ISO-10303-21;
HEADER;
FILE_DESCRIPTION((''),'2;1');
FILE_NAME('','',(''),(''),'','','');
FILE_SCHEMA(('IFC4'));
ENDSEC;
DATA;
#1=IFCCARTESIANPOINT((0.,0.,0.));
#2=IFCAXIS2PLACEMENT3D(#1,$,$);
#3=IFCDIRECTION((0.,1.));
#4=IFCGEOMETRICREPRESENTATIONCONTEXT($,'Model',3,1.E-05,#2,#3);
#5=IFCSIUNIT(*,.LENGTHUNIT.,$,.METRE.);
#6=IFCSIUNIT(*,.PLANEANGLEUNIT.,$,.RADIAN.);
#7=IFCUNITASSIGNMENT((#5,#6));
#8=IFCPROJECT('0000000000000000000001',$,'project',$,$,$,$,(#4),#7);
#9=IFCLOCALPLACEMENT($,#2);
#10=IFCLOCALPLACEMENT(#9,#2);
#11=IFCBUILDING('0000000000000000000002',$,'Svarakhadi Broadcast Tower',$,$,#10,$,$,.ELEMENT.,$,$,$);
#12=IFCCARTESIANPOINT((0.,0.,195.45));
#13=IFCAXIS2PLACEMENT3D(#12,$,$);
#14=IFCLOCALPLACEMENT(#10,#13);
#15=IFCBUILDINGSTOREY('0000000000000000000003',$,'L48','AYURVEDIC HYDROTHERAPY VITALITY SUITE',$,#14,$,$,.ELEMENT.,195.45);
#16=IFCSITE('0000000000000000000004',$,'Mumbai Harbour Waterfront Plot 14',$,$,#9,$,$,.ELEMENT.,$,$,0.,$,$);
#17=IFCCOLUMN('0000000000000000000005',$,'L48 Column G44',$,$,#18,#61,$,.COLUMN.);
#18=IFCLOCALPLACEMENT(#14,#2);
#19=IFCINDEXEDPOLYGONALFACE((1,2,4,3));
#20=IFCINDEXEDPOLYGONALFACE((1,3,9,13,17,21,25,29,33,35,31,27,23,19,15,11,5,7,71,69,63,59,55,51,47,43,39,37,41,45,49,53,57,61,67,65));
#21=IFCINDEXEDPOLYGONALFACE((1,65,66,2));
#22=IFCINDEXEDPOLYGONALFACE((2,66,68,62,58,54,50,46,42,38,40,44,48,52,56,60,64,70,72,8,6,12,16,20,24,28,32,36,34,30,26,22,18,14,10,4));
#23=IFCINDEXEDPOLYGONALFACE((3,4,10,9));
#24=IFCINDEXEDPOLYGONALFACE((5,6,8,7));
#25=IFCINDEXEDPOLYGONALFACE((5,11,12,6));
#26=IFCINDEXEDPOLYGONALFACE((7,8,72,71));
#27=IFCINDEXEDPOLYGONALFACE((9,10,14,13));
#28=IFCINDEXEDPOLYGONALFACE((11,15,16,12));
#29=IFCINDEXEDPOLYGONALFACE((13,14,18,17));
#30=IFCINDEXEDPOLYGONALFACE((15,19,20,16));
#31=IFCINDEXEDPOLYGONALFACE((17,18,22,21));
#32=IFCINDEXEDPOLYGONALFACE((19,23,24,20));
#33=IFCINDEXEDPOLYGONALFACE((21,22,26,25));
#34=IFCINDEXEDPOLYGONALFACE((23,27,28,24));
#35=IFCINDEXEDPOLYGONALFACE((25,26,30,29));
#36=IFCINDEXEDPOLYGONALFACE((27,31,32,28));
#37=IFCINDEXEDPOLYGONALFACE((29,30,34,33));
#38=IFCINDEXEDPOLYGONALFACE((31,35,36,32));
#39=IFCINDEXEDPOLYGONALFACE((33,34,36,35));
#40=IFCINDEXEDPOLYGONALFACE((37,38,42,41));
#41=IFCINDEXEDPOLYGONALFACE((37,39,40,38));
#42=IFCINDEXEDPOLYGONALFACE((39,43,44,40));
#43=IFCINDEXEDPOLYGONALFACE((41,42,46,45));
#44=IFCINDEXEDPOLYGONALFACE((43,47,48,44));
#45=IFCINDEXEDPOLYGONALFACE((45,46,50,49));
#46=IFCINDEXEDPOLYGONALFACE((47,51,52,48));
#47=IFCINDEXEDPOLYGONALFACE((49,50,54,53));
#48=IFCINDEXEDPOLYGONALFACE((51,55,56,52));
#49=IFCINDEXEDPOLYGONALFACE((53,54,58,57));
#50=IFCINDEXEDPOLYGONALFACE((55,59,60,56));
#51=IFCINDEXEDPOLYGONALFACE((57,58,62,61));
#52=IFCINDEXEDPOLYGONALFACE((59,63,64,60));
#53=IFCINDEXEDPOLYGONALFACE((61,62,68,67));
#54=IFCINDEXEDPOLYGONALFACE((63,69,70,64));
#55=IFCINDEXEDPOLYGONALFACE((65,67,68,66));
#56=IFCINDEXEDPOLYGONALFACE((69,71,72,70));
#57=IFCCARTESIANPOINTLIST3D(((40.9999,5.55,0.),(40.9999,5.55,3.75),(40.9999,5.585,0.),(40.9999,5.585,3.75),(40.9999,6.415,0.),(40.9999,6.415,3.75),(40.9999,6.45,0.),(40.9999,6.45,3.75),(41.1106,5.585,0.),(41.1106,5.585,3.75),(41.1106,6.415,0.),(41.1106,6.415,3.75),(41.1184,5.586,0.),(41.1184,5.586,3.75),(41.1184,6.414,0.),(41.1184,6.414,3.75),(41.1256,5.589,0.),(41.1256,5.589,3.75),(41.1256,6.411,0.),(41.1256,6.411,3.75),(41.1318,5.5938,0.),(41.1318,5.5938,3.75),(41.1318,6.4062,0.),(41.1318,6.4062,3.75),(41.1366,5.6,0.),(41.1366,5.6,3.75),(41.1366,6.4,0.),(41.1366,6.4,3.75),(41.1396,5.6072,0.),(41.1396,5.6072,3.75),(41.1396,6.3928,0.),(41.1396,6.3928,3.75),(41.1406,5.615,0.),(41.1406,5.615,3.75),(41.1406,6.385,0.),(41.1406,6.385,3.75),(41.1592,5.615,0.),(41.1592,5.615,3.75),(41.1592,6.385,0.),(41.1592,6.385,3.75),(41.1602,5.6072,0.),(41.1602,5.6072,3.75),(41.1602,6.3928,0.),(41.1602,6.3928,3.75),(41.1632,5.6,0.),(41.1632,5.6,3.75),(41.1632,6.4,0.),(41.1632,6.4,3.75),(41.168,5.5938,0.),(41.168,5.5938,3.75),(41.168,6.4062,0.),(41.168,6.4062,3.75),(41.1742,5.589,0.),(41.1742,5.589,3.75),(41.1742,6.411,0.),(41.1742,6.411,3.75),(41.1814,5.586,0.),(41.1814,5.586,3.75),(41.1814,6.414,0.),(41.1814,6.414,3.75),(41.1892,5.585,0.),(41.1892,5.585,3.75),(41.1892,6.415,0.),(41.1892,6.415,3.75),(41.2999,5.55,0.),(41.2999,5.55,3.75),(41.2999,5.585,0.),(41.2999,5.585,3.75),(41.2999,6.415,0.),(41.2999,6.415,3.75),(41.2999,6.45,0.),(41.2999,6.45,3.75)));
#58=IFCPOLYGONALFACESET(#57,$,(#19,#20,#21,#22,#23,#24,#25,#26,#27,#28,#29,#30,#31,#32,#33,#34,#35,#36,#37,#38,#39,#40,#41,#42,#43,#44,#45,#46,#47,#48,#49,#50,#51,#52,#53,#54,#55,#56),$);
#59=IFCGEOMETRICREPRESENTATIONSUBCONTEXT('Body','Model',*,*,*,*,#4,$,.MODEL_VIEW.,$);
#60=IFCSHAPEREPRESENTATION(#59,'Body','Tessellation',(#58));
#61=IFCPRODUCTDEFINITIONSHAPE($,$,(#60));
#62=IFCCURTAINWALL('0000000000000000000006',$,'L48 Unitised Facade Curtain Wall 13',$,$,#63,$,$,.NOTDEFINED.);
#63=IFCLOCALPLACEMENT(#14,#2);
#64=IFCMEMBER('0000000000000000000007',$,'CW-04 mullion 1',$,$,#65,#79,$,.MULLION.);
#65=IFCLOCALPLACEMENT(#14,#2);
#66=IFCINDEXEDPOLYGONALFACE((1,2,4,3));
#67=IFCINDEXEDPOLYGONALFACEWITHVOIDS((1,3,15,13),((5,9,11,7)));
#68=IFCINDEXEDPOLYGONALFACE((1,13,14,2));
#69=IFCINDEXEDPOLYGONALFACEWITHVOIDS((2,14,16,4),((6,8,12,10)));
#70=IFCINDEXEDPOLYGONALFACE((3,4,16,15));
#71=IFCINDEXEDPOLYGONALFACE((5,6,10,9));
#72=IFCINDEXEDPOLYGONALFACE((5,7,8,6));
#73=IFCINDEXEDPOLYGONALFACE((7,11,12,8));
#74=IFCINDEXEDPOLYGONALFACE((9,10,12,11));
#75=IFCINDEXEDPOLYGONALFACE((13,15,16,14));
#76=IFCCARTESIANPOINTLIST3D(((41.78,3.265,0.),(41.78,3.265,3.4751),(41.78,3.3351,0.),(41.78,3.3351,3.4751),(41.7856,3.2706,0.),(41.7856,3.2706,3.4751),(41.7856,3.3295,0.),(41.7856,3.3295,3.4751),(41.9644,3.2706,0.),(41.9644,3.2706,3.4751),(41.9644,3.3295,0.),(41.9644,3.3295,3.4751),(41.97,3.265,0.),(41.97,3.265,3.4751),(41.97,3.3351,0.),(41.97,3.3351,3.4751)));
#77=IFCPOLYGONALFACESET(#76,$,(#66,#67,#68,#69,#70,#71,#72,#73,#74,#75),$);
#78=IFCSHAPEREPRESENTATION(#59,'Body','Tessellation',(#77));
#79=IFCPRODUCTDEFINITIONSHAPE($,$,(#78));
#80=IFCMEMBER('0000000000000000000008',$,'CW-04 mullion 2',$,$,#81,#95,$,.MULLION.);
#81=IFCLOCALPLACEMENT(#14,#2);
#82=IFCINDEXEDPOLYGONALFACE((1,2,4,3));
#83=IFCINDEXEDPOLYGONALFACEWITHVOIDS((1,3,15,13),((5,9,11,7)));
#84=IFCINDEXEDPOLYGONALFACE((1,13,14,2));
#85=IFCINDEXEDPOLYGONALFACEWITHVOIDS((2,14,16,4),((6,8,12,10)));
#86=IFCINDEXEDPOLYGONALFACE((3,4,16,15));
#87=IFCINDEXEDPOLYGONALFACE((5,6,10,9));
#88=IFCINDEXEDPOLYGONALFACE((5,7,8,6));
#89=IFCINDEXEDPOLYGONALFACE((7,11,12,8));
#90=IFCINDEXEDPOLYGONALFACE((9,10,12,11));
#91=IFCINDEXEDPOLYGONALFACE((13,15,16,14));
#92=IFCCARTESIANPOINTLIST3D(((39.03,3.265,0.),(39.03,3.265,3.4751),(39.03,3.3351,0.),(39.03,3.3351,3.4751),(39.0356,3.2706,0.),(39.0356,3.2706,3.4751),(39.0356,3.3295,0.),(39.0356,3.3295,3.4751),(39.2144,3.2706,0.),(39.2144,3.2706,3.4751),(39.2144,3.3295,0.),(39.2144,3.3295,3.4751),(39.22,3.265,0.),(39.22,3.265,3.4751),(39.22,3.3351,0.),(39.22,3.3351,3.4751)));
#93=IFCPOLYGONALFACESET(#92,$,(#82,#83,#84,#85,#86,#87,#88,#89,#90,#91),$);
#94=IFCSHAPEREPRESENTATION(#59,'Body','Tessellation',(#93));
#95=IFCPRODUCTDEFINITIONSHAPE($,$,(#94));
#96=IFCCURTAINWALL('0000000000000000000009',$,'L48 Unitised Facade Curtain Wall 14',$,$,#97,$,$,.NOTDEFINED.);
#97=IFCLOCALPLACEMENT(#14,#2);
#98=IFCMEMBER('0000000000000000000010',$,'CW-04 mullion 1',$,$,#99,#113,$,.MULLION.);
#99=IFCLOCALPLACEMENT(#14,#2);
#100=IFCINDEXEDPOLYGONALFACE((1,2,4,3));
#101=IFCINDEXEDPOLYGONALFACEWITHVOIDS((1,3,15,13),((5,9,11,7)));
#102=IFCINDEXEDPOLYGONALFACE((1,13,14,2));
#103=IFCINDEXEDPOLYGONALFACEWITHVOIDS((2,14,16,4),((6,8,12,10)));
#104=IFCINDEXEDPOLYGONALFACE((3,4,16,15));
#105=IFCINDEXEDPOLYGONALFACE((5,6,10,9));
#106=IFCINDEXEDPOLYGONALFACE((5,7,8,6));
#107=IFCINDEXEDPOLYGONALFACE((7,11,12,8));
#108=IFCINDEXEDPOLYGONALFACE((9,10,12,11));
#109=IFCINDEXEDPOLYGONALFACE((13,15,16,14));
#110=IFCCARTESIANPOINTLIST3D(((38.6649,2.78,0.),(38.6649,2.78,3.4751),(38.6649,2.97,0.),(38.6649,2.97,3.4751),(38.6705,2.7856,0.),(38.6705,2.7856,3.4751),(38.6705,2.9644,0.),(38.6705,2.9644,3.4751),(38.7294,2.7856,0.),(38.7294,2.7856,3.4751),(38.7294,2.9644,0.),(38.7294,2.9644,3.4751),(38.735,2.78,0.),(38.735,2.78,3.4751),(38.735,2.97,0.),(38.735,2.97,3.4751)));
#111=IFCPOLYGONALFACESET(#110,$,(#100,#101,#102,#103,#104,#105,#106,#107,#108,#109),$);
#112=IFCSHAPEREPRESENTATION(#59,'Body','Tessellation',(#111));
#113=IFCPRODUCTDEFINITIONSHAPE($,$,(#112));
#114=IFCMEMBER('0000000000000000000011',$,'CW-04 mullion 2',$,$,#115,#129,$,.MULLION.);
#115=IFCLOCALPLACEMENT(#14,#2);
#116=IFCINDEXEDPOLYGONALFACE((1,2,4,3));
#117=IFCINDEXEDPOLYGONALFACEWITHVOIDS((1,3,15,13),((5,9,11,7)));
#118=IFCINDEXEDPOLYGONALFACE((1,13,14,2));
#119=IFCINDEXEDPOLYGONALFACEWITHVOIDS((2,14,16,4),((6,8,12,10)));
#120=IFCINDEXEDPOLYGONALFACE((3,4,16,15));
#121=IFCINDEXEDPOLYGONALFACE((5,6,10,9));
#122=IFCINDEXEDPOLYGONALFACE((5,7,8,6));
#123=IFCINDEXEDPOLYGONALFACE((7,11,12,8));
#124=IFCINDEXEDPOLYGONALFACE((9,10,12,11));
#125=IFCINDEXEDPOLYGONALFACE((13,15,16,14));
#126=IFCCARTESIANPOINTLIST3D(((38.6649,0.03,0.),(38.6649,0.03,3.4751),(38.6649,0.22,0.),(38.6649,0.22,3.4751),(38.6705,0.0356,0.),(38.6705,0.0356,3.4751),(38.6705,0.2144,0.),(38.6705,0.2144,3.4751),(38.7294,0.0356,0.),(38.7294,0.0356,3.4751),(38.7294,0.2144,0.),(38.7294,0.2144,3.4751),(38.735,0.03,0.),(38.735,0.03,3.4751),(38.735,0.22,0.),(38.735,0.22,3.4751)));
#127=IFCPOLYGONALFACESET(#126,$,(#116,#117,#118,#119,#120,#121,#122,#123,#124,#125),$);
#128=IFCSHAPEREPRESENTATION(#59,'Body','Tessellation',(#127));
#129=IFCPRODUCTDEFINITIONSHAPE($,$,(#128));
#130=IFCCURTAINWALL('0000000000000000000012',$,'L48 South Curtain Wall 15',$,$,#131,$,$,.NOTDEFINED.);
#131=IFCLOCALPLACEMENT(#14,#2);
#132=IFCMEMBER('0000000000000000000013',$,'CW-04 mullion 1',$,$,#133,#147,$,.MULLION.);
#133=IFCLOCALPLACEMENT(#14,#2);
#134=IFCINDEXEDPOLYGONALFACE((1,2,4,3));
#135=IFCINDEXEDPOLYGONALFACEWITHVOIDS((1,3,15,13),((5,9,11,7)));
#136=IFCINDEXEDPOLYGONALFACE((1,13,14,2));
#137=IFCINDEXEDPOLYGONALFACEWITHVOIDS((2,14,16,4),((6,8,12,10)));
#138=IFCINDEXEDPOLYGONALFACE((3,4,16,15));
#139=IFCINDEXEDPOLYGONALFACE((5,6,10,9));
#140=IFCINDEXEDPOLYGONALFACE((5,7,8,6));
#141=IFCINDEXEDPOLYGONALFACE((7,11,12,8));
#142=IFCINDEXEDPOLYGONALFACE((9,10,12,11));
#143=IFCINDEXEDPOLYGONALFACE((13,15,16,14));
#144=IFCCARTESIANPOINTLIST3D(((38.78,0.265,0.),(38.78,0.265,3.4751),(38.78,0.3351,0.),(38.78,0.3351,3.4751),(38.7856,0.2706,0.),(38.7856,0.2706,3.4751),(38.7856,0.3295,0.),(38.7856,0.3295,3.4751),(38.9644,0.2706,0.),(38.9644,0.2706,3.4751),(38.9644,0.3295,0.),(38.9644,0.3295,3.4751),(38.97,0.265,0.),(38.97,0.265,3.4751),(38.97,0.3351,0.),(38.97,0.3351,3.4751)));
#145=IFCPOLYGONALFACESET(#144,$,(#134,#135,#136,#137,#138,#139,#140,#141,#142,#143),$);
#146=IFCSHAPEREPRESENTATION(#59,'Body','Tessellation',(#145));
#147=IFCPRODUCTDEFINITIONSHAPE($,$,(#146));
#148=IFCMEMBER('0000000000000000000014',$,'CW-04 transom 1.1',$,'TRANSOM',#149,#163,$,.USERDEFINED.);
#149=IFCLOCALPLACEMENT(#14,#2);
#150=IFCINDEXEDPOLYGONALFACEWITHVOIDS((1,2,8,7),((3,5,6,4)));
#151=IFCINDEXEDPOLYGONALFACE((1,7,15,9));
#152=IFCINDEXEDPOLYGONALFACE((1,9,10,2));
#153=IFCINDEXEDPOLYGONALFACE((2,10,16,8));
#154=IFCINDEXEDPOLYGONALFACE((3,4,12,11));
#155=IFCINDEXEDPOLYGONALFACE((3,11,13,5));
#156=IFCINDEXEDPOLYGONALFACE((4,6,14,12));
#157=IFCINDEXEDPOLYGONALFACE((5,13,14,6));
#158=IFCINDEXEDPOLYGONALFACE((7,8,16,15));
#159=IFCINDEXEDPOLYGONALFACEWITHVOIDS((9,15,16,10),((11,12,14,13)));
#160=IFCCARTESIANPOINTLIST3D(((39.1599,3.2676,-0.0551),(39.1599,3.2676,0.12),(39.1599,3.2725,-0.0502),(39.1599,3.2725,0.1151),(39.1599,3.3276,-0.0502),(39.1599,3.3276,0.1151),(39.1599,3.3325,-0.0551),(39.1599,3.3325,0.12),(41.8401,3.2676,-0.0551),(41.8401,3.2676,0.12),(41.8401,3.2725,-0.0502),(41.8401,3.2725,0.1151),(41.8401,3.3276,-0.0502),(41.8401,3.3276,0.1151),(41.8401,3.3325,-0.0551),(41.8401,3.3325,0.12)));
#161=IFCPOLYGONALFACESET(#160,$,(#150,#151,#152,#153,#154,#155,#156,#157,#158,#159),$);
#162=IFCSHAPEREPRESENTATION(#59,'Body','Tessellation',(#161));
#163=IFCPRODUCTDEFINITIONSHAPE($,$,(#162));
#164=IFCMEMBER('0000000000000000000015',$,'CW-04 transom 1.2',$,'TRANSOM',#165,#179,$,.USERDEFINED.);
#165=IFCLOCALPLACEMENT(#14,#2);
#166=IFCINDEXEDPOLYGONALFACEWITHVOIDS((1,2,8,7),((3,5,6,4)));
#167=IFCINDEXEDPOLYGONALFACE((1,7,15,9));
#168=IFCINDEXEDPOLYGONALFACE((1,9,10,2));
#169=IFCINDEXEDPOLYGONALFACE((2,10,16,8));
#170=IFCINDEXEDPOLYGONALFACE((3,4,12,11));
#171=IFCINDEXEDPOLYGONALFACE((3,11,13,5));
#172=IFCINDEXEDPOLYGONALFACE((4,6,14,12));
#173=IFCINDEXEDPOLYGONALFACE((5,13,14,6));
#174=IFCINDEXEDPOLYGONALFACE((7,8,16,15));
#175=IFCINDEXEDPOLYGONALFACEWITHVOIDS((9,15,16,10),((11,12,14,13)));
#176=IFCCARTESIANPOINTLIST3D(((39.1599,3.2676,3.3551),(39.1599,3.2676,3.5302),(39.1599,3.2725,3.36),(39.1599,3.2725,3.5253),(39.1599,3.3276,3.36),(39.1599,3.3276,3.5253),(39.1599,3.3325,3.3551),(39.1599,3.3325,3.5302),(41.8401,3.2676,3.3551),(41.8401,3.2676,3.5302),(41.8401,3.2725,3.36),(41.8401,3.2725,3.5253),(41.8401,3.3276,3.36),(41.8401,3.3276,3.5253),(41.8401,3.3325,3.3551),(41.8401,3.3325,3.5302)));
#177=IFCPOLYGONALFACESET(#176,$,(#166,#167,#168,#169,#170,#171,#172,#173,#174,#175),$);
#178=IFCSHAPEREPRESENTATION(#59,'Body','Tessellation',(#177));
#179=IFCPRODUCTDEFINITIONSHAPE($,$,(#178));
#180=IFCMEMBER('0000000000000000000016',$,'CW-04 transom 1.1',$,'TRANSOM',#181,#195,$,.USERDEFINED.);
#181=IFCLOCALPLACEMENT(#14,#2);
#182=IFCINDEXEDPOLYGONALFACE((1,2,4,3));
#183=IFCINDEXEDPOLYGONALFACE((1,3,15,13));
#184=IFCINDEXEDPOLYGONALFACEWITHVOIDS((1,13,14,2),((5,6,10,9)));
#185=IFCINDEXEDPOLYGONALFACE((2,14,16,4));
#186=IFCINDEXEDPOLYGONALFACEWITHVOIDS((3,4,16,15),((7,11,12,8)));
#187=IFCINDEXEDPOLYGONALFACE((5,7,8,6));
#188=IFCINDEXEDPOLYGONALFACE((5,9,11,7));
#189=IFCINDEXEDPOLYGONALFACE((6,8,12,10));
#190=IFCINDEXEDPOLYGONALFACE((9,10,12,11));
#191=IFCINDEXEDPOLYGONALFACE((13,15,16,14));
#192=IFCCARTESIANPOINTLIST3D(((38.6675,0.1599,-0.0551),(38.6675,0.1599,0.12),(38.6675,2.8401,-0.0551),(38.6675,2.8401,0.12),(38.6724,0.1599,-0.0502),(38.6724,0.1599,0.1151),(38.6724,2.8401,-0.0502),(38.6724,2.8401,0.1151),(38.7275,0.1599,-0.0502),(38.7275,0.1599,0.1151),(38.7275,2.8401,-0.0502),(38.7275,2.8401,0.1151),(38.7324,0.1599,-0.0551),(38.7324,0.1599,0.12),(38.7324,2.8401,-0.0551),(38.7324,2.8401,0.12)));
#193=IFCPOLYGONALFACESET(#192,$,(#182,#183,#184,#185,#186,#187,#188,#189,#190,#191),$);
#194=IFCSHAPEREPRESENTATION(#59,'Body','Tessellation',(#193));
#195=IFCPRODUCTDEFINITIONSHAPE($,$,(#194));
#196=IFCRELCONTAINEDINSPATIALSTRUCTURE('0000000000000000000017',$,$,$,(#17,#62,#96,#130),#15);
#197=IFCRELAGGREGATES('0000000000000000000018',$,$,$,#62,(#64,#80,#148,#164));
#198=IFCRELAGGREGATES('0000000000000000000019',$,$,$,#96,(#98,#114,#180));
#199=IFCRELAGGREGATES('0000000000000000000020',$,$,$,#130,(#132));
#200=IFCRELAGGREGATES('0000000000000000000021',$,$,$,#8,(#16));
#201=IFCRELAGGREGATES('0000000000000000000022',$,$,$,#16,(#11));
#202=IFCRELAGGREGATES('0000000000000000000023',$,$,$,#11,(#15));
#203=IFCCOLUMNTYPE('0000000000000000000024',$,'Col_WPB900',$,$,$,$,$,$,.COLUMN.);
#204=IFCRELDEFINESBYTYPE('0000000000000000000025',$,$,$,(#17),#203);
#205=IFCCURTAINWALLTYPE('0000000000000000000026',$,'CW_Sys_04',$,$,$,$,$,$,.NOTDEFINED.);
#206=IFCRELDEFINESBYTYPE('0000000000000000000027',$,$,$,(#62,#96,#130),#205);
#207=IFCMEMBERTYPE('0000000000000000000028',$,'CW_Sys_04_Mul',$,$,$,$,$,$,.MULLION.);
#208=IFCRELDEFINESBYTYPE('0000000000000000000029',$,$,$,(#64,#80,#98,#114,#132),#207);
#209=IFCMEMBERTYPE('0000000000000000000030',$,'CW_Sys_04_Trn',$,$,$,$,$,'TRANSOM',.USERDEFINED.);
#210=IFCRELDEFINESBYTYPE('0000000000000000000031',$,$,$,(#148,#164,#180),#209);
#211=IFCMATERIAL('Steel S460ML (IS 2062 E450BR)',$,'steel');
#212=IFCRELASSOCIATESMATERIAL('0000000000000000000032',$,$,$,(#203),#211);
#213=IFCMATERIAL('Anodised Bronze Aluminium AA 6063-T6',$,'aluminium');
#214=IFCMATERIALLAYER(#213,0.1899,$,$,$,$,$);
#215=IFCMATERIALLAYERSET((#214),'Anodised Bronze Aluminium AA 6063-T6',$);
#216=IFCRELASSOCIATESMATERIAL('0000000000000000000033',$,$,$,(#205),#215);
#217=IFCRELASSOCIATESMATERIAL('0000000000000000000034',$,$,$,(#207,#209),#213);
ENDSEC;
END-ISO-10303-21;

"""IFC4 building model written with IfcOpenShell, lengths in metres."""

from ifc_helpers import new_model, si_unit, direction, frame, origin, origin_2d, place, context, subcontext, project, spatial, hollow_rectangle, i_section, extrude, material, layer, layer_set, material_profile, profile_set, type_object, element, aggregate, save


model = new_model("IFC4")

# Units and contexts
model_context = context("Model", 3, precision=1e-05, world=origin(), true_north=direction((0.0, 1.0)))
body_context = subcontext(model_context, "Body", "Model", "MODEL_VIEW")
ifc_project = project(units=[si_unit("LENGTHUNIT", "METRE"), si_unit("PLANEANGLEUNIT", "RADIAN")], contexts=[model_context])

# Site, building, storey
site_placement = place(None, origin())
site = spatial("IfcSite", under=ifc_project, at=site_placement, Name="Mumbai Harbour Waterfront Plot 14", CompositionType="ELEMENT", RefElevation=0.0)
building_placement = place(site_placement, origin())
building = spatial("IfcBuilding", under=site, at=building_placement, Name="Svarakhadi Broadcast Tower", CompositionType="ELEMENT")
storey_placement = place(building_placement, frame((0.0, 0.0, 195.45)))
storey = spatial("IfcBuildingStorey", under=building, at=storey_placement, Name="L48", Description="AYURVEDIC HYDROTHERAPY VITALITY SUITE", CompositionType="ELEMENT", Elevation=195.45)

# Column
ifc_material_1 = material(Name="Steel S460ML (IS 2062 E450BR)", Category="steel")
ifc_material_profile_1 = material_profile(ifc_material_1, i_section(OverallWidth=0.3, OverallDepth=0.8999, WebThickness=0.0186, FlangeThickness=0.0349, FilletRadius=0.03, at=origin_2d()), Name="WPB 900x300x291")
ifc_profile_set_1 = profile_set([ifc_material_profile_1], Name="Steel S460ML (IS 2062 E450BR)")
column_type = type_object("IfcColumnType", Name="Col_WPB900", PredefinedType="COLUMN", material=ifc_profile_set_1)
column_placement = place(storey_placement, frame((41.1499, 6.0, 0.0), z_axis=(0.0, 0.0, 1.0), x_axis=(1.0, 0.0, 0.0)))
element("IfcColumn", 1, at=column_placement, inside=storey, type_object=column_type, Name="L48 Column G44", PredefinedType="COLUMN", context=body_context, shape_type="SweptSolid", body=[
    extrude(i_section(OverallWidth=0.3, OverallDepth=0.8999, WebThickness=0.0186, FlangeThickness=0.0349, FilletRadius=0.03, at=origin_2d()), origin(), (0.0, 0.0, 1.0), 3.75),
])

# Curtain walls, members
ifc_material_2 = material(Name="Anodised Bronze Aluminium AA 6063-T6", Category="aluminium")
ifc_layer_1 = layer(ifc_material_2, 0.1899)
ifc_layer_set_1 = layer_set([ifc_layer_1], Name="Anodised Bronze Aluminium AA 6063-T6")
curtain_wall_type = type_object("IfcCurtainWallType", Name="CW_Sys_04", PredefinedType="NOTDEFINED", material=ifc_layer_set_1)
curtain_wall_1_placement = place(storey_placement, origin())
curtain_wall_1 = element("IfcCurtainWall", 2, at=curtain_wall_1_placement, inside=storey, type_object=curtain_wall_type, Name="L48 Unitised Facade Curtain Wall 13", PredefinedType="NOTDEFINED")
ifc_material_profile_2 = material_profile(ifc_material_2, hollow_rectangle(XDim=0.0701, YDim=0.1899, WallThickness=0.0056, at=origin_2d()), Name="ALU MULLION 190x70x6")
ifc_profile_set_2 = profile_set([ifc_material_profile_2], Name="Anodised Bronze Aluminium AA 6063-T6")
member_type_1 = type_object("IfcMemberType", Name="CW_Sys_04_Mul", PredefinedType="MULLION", material=ifc_profile_set_2)
member_1_placement = place(storey_placement, frame((41.875, 3.3, 0.0), z_axis=(0.0, 0.0, 1.0), x_axis=(0.0, -1.0, 0.0)))
member_1 = element("IfcMember", 3, at=member_1_placement, type_object=member_type_1, Name="CW-04 mullion 1", PredefinedType="MULLION", context=body_context, shape_type="SweptSolid", body=[
    extrude(hollow_rectangle(XDim=0.0701, YDim=0.1899, WallThickness=0.0056, at=origin_2d()), origin(), (0.0, 0.0, 1.0), 3.4751),
])
member_2_placement = place(storey_placement, frame((39.125, 3.3, 0.0), z_axis=(0.0, 0.0, 1.0), x_axis=(0.0, -1.0, 0.0)))
member_2 = element("IfcMember", 4, at=member_2_placement, type_object=member_type_1, Name="CW-04 mullion 2", PredefinedType="MULLION", context=body_context, shape_type="SweptSolid", body=[
    extrude(hollow_rectangle(XDim=0.0701, YDim=0.1899, WallThickness=0.0056, at=origin_2d()), origin(), (0.0, 0.0, 1.0), 3.4751),
])
curtain_wall_2_placement = place(storey_placement, origin())
curtain_wall_2 = element("IfcCurtainWall", 5, at=curtain_wall_2_placement, inside=storey, type_object=curtain_wall_type, Name="L48 Unitised Facade Curtain Wall 14", PredefinedType="NOTDEFINED")
member_3_placement = place(storey_placement, frame((38.7, 2.875, 0.0), z_axis=(0.0, 0.0, 1.0), x_axis=(1.0, 0.0, 0.0)))
member_3 = element("IfcMember", 6, at=member_3_placement, type_object=member_type_1, Name="CW-04 mullion 1", PredefinedType="MULLION", context=body_context, shape_type="SweptSolid", body=[
    extrude(hollow_rectangle(XDim=0.0701, YDim=0.1899, WallThickness=0.0056, at=origin_2d()), origin(), (0.0, 0.0, 1.0), 3.4751),
])
member_4_placement = place(storey_placement, frame((38.7, 0.125, 0.0), z_axis=(0.0, 0.0, 1.0), x_axis=(1.0, 0.0, 0.0)))
member_4 = element("IfcMember", 7, at=member_4_placement, type_object=member_type_1, Name="CW-04 mullion 2", PredefinedType="MULLION", context=body_context, shape_type="SweptSolid", body=[
    extrude(hollow_rectangle(XDim=0.0701, YDim=0.1899, WallThickness=0.0056, at=origin_2d()), origin(), (0.0, 0.0, 1.0), 3.4751),
])

# Curtain wall, member
curtain_wall_3_placement = place(storey_placement, origin())
curtain_wall_3 = element("IfcCurtainWall", 8, at=curtain_wall_3_placement, inside=storey, type_object=curtain_wall_type, Name="L48 South Curtain Wall 15", PredefinedType="NOTDEFINED")
member_5_placement = place(storey_placement, frame((38.875, 0.3, 0.0), z_axis=(0.0, 0.0, 1.0), x_axis=(0.0, -1.0, 0.0)))
member_5 = element("IfcMember", 9, at=member_5_placement, type_object=member_type_1, Name="CW-04 mullion 1", PredefinedType="MULLION", context=body_context, shape_type="SweptSolid", body=[
    extrude(hollow_rectangle(XDim=0.0701, YDim=0.1899, WallThickness=0.0056, at=origin_2d()), origin(), (0.0, 0.0, 1.0), 3.4751),
])

# Members
ifc_material_profile_3 = material_profile(ifc_material_2, hollow_rectangle(XDim=0.0649, YDim=0.175, WallThickness=0.0049, at=origin_2d()), Name="ALU TRANSOM 175x65x5")
ifc_profile_set_3 = profile_set([ifc_material_profile_3], Name="Anodised Bronze Aluminium AA 6063-T6")
member_type_2 = type_object("IfcMemberType", Name="CW_Sys_04_Trn", ElementType="TRANSOM", PredefinedType="USERDEFINED", material=ifc_profile_set_3)
member_6_placement = place(storey_placement, frame((41.8401, 3.3, 0.0325), z_axis=(-1.0, 0.0, 0.0), x_axis=(0.0, -1.0, 0.0)))
member_6 = element("IfcMember", 10, at=member_6_placement, type_object=member_type_2, Name="CW-04 transom 1.1", ObjectType="TRANSOM", PredefinedType="USERDEFINED", context=body_context, shape_type="SweptSolid", body=[
    extrude(hollow_rectangle(XDim=0.0649, YDim=0.175, WallThickness=0.0049, at=origin_2d()), origin(), (0.0, 0.0, 1.0), 2.6802),
])
member_7_placement = place(storey_placement, frame((41.8401, 3.3, 3.4426), z_axis=(-1.0, 0.0, 0.0), x_axis=(0.0, -1.0, 0.0)))
member_7 = element("IfcMember", 11, at=member_7_placement, type_object=member_type_2, Name="CW-04 transom 1.2", ObjectType="TRANSOM", PredefinedType="USERDEFINED", context=body_context, shape_type="SweptSolid", body=[
    extrude(hollow_rectangle(XDim=0.0649, YDim=0.175, WallThickness=0.0049, at=origin_2d()), origin(), (0.0, 0.0, 1.0), 2.6802),
])
member_8_placement = place(storey_placement, frame((38.7, 2.8401, 0.0325), z_axis=(0.0, -1.0, 0.0), x_axis=(1.0, 0.0, 0.0)))
member_8 = element("IfcMember", 12, at=member_8_placement, type_object=member_type_2, Name="CW-04 transom 1.1", ObjectType="TRANSOM", PredefinedType="USERDEFINED", context=body_context, shape_type="SweptSolid", body=[
    extrude(hollow_rectangle(XDim=0.0649, YDim=0.175, WallThickness=0.0049, at=origin_2d()), origin(), (0.0, 0.0, 1.0), 2.6802),
])

aggregate(curtain_wall_1, [member_1, member_2, member_6, member_7])
aggregate(curtain_wall_2, [member_3, member_4, member_8])
aggregate(curtain_wall_3, [member_5])

save(model, "model.ifc")
